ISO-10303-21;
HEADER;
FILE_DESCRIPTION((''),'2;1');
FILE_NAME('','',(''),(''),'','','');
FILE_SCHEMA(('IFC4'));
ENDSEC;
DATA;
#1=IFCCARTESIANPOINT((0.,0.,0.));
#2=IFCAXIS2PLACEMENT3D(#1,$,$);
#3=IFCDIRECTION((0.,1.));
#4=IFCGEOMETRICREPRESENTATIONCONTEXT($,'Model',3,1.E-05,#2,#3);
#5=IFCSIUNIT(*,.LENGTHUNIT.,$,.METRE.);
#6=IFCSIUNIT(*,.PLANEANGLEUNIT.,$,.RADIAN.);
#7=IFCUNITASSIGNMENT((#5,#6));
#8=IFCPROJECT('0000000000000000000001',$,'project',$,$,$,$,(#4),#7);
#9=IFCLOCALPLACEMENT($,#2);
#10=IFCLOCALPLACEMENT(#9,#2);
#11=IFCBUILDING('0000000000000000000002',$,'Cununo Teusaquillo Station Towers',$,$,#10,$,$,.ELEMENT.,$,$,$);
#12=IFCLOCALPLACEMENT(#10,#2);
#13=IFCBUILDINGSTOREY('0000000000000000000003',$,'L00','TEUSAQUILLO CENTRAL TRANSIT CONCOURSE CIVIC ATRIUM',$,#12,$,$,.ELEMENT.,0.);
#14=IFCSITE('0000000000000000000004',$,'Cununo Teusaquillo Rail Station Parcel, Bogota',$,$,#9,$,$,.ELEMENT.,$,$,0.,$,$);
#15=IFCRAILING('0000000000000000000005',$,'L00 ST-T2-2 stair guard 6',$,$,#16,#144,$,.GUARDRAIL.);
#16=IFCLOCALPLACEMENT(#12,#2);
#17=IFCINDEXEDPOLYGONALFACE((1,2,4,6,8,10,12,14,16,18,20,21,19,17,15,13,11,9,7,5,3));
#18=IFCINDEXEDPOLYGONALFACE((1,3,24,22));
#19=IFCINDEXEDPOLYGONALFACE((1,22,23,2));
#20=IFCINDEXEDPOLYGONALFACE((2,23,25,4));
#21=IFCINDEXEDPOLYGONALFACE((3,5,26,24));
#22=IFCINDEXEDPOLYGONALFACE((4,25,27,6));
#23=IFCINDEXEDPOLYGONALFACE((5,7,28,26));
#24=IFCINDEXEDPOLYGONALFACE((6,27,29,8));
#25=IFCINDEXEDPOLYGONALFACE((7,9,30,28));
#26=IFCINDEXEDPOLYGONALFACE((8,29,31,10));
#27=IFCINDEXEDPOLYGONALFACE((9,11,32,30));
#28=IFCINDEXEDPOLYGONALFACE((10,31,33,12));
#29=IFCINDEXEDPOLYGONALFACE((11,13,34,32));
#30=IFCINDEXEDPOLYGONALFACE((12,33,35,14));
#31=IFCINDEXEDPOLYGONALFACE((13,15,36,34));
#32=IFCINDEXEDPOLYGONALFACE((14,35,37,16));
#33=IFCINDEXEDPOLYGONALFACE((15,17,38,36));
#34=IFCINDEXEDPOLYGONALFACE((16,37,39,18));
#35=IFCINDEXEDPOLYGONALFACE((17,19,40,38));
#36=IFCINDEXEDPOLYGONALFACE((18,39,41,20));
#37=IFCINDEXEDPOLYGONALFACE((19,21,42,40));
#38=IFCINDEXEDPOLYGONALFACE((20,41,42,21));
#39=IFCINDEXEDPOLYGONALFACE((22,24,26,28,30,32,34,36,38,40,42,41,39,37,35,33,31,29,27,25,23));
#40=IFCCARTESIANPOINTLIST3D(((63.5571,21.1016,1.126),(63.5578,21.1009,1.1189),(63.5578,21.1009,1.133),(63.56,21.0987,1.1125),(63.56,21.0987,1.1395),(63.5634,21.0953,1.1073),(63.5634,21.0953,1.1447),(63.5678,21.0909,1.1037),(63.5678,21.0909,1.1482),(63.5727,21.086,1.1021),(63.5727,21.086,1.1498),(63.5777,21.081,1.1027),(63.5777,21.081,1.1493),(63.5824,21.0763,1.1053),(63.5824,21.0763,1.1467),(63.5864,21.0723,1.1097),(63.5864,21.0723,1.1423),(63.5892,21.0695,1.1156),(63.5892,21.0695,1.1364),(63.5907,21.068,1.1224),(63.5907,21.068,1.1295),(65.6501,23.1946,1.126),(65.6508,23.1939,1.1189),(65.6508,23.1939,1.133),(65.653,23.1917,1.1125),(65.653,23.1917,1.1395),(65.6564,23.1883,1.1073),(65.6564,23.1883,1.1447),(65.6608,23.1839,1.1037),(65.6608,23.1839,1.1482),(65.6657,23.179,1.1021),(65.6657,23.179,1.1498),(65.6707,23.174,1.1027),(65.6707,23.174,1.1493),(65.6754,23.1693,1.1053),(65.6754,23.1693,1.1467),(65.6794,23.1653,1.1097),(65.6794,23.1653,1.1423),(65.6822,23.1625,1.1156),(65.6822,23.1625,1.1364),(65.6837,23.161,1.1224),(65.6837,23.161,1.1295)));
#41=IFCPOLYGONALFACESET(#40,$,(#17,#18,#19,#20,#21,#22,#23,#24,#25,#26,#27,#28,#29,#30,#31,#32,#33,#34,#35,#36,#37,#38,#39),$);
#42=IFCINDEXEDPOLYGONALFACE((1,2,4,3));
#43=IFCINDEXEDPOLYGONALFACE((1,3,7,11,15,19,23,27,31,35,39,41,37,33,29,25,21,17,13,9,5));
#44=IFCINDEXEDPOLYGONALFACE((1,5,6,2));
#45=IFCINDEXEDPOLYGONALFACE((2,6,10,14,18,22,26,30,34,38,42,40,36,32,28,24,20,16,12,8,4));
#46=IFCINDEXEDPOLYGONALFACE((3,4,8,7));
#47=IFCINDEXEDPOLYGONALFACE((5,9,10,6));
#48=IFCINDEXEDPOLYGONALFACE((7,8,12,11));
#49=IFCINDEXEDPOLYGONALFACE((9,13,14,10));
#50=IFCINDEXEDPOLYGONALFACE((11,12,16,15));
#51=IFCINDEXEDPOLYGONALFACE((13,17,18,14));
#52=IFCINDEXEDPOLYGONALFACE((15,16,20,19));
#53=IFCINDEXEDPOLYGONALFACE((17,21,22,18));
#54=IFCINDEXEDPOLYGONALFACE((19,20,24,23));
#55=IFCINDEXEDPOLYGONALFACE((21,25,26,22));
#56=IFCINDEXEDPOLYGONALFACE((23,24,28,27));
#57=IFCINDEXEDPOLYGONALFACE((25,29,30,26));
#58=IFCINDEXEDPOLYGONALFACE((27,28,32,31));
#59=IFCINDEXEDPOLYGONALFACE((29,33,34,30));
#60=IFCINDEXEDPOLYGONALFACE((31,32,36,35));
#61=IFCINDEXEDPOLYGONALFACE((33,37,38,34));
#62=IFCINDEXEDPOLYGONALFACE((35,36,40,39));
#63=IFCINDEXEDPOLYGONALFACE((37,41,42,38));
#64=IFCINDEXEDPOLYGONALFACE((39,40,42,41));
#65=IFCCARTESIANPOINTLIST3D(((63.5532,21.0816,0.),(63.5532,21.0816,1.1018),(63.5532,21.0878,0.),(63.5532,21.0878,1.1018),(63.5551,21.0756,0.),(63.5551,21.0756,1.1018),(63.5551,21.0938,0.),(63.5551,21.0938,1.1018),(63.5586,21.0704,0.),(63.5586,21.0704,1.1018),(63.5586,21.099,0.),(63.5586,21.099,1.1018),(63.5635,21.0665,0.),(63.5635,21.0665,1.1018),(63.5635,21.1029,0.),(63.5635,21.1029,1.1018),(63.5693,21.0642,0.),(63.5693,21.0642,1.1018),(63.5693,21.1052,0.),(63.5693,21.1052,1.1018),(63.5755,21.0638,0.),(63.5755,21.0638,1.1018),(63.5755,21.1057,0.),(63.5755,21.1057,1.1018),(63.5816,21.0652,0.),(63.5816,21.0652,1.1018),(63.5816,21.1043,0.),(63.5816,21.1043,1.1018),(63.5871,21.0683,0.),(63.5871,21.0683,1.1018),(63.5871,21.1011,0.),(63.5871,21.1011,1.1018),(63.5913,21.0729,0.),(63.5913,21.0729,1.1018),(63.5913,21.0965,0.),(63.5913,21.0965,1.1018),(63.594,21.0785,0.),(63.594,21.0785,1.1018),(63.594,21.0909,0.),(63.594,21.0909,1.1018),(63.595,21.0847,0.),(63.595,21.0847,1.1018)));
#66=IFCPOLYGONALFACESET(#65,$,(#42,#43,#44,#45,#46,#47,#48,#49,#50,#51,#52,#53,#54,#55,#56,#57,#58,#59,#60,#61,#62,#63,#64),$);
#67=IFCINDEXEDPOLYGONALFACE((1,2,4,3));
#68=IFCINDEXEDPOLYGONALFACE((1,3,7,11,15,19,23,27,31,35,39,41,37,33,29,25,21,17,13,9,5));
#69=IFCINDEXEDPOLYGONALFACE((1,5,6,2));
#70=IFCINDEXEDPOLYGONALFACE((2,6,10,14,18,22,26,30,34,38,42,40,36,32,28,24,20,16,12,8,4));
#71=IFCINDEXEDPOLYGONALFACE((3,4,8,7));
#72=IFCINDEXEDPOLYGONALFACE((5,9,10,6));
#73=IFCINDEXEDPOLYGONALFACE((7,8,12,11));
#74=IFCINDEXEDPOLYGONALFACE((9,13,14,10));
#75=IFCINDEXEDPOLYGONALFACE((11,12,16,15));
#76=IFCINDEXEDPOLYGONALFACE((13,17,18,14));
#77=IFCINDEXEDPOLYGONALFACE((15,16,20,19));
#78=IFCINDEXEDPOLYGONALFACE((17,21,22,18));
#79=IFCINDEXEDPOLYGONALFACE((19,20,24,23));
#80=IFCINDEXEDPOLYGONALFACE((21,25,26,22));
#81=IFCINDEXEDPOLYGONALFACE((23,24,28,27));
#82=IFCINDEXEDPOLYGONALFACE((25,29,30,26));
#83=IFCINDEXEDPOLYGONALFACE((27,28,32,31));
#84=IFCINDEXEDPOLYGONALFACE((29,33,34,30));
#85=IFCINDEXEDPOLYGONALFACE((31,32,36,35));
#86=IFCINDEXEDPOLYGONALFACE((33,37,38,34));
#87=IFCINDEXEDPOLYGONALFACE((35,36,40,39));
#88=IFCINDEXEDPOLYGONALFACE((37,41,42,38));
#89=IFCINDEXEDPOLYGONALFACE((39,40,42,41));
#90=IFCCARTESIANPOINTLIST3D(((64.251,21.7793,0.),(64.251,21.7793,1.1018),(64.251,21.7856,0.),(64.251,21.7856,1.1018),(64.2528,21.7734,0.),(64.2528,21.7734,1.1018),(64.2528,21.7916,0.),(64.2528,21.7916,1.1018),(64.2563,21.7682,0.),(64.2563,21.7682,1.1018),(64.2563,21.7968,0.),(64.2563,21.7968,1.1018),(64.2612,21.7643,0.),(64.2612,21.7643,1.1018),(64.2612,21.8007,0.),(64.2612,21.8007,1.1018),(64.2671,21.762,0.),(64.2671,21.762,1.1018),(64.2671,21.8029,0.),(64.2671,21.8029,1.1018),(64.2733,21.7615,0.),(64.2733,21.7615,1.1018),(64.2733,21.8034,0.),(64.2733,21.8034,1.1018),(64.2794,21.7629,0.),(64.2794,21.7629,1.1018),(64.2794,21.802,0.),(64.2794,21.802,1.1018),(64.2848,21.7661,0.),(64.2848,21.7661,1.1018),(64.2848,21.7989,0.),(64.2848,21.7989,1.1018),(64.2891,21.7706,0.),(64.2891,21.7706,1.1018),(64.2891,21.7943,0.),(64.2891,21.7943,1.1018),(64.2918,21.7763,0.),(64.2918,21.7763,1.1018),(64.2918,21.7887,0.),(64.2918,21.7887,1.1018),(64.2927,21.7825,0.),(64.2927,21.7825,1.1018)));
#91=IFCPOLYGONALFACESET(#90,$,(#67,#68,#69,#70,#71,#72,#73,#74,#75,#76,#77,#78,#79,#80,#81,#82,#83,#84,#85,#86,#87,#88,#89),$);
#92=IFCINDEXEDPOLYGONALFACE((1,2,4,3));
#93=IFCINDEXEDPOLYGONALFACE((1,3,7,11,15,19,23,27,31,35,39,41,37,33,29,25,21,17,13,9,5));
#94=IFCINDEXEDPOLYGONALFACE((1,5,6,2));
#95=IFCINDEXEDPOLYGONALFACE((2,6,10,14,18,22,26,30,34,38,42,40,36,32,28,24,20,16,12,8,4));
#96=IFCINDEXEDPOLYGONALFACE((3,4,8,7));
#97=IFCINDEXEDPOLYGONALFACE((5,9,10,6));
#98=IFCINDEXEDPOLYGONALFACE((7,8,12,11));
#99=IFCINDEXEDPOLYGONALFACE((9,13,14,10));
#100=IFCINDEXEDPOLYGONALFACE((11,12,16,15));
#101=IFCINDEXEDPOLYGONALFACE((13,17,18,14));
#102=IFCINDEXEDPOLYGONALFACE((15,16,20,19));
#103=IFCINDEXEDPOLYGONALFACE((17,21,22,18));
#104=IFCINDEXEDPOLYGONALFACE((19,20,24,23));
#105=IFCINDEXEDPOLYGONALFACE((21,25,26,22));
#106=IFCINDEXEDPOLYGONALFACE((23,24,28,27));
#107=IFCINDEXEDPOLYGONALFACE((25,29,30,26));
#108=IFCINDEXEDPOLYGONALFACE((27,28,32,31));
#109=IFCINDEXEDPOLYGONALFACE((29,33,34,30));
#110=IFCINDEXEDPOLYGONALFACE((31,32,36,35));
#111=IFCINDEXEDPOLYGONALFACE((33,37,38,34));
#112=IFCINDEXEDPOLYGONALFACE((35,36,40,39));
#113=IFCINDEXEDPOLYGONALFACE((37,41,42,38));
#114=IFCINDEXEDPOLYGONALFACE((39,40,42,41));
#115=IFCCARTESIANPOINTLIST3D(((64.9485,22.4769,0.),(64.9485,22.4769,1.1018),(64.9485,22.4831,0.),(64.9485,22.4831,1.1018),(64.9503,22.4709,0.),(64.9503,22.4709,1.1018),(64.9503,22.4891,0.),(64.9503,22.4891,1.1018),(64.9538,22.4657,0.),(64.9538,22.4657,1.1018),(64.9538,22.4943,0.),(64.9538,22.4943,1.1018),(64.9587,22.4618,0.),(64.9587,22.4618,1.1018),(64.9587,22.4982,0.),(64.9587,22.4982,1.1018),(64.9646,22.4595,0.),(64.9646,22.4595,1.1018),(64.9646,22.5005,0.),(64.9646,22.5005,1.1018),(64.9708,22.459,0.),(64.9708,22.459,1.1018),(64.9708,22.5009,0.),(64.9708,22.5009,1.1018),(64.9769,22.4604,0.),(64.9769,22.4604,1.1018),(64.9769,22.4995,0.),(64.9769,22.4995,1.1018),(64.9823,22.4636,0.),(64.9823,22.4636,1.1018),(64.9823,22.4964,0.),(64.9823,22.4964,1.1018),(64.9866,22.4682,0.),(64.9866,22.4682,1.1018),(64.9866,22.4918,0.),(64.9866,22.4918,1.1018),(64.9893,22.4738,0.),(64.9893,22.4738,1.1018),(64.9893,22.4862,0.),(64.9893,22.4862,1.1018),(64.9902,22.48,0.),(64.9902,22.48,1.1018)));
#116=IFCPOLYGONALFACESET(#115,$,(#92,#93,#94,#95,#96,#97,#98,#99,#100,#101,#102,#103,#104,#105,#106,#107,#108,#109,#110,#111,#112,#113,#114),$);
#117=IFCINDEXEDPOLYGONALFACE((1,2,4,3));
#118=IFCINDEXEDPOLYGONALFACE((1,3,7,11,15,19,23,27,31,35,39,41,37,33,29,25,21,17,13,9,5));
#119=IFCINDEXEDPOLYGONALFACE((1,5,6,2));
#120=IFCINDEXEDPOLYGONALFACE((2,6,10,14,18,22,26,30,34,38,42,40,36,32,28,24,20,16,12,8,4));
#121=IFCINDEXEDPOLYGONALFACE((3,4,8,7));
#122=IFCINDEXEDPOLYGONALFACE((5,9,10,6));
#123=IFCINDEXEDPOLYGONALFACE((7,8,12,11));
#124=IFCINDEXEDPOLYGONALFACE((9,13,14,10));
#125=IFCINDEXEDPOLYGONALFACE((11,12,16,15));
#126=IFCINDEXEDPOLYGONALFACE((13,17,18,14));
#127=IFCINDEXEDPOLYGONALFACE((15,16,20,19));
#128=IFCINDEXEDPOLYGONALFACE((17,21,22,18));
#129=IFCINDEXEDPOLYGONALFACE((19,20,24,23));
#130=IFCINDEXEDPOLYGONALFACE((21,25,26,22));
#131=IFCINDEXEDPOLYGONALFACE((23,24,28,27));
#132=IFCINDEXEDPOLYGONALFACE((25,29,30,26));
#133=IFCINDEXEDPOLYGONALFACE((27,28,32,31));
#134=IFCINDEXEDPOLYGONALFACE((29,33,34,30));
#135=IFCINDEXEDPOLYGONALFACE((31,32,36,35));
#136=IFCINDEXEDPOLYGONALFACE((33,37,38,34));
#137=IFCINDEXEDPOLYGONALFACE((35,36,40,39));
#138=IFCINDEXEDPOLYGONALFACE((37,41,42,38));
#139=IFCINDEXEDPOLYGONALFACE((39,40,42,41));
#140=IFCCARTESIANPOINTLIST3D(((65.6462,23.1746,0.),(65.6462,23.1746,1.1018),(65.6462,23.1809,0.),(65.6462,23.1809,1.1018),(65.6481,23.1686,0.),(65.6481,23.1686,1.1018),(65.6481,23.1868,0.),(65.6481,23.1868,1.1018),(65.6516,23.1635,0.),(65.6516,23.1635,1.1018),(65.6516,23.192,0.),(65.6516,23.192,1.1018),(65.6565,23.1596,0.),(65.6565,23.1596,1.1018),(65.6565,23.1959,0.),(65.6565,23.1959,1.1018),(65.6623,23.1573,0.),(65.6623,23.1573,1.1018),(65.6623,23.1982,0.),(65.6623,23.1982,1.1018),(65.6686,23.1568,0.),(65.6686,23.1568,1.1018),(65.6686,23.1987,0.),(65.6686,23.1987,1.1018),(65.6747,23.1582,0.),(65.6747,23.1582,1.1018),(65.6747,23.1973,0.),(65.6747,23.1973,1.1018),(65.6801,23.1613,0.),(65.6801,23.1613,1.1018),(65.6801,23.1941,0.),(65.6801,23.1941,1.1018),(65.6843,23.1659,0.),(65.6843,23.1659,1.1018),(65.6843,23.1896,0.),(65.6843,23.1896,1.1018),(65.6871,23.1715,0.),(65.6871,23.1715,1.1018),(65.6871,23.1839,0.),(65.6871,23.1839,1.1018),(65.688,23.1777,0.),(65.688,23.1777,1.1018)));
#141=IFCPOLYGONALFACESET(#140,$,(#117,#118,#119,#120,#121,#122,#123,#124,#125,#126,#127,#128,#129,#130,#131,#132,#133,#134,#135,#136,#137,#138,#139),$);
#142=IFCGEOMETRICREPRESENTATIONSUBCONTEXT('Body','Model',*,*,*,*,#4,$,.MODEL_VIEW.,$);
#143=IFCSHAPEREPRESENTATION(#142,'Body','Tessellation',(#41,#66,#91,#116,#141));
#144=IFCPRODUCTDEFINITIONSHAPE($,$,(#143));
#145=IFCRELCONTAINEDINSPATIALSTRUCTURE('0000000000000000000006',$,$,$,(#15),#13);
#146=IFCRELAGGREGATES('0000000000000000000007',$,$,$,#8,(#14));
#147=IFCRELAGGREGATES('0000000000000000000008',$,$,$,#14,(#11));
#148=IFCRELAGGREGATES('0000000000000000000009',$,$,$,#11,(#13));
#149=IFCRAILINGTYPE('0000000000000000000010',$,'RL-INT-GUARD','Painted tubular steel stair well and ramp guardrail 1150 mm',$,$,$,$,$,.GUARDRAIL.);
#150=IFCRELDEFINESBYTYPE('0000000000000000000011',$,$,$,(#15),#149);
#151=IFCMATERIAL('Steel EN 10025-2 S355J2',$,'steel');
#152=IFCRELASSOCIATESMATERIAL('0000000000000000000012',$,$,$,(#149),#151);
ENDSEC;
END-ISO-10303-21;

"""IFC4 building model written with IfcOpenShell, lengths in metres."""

from ifc_helpers import new_model, si_unit, direction, frame, origin, origin_2d, place, context, subcontext, project, spatial, circle, extrude, material, type_object, element, save


model = new_model("IFC4")

# Units and contexts
model_context = context("Model", 3, precision=1e-05, world=origin(), true_north=direction((0.0, 1.0)))
body_context = subcontext(model_context, "Body", "Model", "MODEL_VIEW")
ifc_project = project(units=[si_unit("LENGTHUNIT", "METRE"), si_unit("PLANEANGLEUNIT", "RADIAN")], contexts=[model_context])

# Site, building, storey
site_placement = place(None, origin())
site = spatial("IfcSite", under=ifc_project, at=site_placement, Name="Cununo Teusaquillo Rail Station Parcel, Bogota", CompositionType="ELEMENT", RefElevation=0.0)
building_placement = place(site_placement, origin())
building = spatial("IfcBuilding", under=site, at=building_placement, Name="Cununo Teusaquillo Station Towers", CompositionType="ELEMENT")
storey_placement = place(building_placement, origin())
storey = spatial("IfcBuildingStorey", under=building, at=storey_placement, Name="L00", Description="TEUSAQUILLO CENTRAL TRANSIT CONCOURSE CIVIC ATRIUM", CompositionType="ELEMENT", Elevation=0.0)

# Railing
ifc_material_1 = material(Name="Steel EN 10025-2 S355J2", Category="steel")
railing_type = type_object("IfcRailingType", Name="RL-INT-GUARD", Description="Painted tubular steel stair well and ramp guardrail 1150 mm", PredefinedType="GUARDRAIL", material=ifc_material_1)
railing_1_placement = place(storey_placement, frame((63.574, 21.0847, 0.0)))
element("IfcRailing", 1, at=railing_1_placement, inside=storey, type_object=railing_type, Name="L00 ST-T2-2 stair guard 6", PredefinedType="GUARDRAIL", context=body_context, shape_type="SweptSolid", body=[
    extrude(circle(Radius=0.0239, at=origin_2d()), frame((0.0, 0.0, 1.126), z_axis=(0.707107, 0.707107, 0.0), x_axis=(-0.707107, 0.707107, 0.0)), (0.0, 0.0, 1.0), 2.96),
    extrude(circle(Radius=0.021, at=origin_2d()), origin(), (0.0, 0.0, 1.0), 1.1018),
    extrude(circle(Radius=0.021, at=origin_2d()), frame((0.6978, 0.6978, 0.0)), (0.0, 0.0, 1.0), 1.1018),
    extrude(circle(Radius=0.021, at=origin_2d()), frame((1.3953, 1.3953, 0.0)), (0.0, 0.0, 1.0), 1.1018),
    extrude(circle(Radius=0.021, at=origin_2d()), frame((2.093, 2.093, 0.0)), (0.0, 0.0, 1.0), 1.1018),
])

save(model, "model.ifc")
